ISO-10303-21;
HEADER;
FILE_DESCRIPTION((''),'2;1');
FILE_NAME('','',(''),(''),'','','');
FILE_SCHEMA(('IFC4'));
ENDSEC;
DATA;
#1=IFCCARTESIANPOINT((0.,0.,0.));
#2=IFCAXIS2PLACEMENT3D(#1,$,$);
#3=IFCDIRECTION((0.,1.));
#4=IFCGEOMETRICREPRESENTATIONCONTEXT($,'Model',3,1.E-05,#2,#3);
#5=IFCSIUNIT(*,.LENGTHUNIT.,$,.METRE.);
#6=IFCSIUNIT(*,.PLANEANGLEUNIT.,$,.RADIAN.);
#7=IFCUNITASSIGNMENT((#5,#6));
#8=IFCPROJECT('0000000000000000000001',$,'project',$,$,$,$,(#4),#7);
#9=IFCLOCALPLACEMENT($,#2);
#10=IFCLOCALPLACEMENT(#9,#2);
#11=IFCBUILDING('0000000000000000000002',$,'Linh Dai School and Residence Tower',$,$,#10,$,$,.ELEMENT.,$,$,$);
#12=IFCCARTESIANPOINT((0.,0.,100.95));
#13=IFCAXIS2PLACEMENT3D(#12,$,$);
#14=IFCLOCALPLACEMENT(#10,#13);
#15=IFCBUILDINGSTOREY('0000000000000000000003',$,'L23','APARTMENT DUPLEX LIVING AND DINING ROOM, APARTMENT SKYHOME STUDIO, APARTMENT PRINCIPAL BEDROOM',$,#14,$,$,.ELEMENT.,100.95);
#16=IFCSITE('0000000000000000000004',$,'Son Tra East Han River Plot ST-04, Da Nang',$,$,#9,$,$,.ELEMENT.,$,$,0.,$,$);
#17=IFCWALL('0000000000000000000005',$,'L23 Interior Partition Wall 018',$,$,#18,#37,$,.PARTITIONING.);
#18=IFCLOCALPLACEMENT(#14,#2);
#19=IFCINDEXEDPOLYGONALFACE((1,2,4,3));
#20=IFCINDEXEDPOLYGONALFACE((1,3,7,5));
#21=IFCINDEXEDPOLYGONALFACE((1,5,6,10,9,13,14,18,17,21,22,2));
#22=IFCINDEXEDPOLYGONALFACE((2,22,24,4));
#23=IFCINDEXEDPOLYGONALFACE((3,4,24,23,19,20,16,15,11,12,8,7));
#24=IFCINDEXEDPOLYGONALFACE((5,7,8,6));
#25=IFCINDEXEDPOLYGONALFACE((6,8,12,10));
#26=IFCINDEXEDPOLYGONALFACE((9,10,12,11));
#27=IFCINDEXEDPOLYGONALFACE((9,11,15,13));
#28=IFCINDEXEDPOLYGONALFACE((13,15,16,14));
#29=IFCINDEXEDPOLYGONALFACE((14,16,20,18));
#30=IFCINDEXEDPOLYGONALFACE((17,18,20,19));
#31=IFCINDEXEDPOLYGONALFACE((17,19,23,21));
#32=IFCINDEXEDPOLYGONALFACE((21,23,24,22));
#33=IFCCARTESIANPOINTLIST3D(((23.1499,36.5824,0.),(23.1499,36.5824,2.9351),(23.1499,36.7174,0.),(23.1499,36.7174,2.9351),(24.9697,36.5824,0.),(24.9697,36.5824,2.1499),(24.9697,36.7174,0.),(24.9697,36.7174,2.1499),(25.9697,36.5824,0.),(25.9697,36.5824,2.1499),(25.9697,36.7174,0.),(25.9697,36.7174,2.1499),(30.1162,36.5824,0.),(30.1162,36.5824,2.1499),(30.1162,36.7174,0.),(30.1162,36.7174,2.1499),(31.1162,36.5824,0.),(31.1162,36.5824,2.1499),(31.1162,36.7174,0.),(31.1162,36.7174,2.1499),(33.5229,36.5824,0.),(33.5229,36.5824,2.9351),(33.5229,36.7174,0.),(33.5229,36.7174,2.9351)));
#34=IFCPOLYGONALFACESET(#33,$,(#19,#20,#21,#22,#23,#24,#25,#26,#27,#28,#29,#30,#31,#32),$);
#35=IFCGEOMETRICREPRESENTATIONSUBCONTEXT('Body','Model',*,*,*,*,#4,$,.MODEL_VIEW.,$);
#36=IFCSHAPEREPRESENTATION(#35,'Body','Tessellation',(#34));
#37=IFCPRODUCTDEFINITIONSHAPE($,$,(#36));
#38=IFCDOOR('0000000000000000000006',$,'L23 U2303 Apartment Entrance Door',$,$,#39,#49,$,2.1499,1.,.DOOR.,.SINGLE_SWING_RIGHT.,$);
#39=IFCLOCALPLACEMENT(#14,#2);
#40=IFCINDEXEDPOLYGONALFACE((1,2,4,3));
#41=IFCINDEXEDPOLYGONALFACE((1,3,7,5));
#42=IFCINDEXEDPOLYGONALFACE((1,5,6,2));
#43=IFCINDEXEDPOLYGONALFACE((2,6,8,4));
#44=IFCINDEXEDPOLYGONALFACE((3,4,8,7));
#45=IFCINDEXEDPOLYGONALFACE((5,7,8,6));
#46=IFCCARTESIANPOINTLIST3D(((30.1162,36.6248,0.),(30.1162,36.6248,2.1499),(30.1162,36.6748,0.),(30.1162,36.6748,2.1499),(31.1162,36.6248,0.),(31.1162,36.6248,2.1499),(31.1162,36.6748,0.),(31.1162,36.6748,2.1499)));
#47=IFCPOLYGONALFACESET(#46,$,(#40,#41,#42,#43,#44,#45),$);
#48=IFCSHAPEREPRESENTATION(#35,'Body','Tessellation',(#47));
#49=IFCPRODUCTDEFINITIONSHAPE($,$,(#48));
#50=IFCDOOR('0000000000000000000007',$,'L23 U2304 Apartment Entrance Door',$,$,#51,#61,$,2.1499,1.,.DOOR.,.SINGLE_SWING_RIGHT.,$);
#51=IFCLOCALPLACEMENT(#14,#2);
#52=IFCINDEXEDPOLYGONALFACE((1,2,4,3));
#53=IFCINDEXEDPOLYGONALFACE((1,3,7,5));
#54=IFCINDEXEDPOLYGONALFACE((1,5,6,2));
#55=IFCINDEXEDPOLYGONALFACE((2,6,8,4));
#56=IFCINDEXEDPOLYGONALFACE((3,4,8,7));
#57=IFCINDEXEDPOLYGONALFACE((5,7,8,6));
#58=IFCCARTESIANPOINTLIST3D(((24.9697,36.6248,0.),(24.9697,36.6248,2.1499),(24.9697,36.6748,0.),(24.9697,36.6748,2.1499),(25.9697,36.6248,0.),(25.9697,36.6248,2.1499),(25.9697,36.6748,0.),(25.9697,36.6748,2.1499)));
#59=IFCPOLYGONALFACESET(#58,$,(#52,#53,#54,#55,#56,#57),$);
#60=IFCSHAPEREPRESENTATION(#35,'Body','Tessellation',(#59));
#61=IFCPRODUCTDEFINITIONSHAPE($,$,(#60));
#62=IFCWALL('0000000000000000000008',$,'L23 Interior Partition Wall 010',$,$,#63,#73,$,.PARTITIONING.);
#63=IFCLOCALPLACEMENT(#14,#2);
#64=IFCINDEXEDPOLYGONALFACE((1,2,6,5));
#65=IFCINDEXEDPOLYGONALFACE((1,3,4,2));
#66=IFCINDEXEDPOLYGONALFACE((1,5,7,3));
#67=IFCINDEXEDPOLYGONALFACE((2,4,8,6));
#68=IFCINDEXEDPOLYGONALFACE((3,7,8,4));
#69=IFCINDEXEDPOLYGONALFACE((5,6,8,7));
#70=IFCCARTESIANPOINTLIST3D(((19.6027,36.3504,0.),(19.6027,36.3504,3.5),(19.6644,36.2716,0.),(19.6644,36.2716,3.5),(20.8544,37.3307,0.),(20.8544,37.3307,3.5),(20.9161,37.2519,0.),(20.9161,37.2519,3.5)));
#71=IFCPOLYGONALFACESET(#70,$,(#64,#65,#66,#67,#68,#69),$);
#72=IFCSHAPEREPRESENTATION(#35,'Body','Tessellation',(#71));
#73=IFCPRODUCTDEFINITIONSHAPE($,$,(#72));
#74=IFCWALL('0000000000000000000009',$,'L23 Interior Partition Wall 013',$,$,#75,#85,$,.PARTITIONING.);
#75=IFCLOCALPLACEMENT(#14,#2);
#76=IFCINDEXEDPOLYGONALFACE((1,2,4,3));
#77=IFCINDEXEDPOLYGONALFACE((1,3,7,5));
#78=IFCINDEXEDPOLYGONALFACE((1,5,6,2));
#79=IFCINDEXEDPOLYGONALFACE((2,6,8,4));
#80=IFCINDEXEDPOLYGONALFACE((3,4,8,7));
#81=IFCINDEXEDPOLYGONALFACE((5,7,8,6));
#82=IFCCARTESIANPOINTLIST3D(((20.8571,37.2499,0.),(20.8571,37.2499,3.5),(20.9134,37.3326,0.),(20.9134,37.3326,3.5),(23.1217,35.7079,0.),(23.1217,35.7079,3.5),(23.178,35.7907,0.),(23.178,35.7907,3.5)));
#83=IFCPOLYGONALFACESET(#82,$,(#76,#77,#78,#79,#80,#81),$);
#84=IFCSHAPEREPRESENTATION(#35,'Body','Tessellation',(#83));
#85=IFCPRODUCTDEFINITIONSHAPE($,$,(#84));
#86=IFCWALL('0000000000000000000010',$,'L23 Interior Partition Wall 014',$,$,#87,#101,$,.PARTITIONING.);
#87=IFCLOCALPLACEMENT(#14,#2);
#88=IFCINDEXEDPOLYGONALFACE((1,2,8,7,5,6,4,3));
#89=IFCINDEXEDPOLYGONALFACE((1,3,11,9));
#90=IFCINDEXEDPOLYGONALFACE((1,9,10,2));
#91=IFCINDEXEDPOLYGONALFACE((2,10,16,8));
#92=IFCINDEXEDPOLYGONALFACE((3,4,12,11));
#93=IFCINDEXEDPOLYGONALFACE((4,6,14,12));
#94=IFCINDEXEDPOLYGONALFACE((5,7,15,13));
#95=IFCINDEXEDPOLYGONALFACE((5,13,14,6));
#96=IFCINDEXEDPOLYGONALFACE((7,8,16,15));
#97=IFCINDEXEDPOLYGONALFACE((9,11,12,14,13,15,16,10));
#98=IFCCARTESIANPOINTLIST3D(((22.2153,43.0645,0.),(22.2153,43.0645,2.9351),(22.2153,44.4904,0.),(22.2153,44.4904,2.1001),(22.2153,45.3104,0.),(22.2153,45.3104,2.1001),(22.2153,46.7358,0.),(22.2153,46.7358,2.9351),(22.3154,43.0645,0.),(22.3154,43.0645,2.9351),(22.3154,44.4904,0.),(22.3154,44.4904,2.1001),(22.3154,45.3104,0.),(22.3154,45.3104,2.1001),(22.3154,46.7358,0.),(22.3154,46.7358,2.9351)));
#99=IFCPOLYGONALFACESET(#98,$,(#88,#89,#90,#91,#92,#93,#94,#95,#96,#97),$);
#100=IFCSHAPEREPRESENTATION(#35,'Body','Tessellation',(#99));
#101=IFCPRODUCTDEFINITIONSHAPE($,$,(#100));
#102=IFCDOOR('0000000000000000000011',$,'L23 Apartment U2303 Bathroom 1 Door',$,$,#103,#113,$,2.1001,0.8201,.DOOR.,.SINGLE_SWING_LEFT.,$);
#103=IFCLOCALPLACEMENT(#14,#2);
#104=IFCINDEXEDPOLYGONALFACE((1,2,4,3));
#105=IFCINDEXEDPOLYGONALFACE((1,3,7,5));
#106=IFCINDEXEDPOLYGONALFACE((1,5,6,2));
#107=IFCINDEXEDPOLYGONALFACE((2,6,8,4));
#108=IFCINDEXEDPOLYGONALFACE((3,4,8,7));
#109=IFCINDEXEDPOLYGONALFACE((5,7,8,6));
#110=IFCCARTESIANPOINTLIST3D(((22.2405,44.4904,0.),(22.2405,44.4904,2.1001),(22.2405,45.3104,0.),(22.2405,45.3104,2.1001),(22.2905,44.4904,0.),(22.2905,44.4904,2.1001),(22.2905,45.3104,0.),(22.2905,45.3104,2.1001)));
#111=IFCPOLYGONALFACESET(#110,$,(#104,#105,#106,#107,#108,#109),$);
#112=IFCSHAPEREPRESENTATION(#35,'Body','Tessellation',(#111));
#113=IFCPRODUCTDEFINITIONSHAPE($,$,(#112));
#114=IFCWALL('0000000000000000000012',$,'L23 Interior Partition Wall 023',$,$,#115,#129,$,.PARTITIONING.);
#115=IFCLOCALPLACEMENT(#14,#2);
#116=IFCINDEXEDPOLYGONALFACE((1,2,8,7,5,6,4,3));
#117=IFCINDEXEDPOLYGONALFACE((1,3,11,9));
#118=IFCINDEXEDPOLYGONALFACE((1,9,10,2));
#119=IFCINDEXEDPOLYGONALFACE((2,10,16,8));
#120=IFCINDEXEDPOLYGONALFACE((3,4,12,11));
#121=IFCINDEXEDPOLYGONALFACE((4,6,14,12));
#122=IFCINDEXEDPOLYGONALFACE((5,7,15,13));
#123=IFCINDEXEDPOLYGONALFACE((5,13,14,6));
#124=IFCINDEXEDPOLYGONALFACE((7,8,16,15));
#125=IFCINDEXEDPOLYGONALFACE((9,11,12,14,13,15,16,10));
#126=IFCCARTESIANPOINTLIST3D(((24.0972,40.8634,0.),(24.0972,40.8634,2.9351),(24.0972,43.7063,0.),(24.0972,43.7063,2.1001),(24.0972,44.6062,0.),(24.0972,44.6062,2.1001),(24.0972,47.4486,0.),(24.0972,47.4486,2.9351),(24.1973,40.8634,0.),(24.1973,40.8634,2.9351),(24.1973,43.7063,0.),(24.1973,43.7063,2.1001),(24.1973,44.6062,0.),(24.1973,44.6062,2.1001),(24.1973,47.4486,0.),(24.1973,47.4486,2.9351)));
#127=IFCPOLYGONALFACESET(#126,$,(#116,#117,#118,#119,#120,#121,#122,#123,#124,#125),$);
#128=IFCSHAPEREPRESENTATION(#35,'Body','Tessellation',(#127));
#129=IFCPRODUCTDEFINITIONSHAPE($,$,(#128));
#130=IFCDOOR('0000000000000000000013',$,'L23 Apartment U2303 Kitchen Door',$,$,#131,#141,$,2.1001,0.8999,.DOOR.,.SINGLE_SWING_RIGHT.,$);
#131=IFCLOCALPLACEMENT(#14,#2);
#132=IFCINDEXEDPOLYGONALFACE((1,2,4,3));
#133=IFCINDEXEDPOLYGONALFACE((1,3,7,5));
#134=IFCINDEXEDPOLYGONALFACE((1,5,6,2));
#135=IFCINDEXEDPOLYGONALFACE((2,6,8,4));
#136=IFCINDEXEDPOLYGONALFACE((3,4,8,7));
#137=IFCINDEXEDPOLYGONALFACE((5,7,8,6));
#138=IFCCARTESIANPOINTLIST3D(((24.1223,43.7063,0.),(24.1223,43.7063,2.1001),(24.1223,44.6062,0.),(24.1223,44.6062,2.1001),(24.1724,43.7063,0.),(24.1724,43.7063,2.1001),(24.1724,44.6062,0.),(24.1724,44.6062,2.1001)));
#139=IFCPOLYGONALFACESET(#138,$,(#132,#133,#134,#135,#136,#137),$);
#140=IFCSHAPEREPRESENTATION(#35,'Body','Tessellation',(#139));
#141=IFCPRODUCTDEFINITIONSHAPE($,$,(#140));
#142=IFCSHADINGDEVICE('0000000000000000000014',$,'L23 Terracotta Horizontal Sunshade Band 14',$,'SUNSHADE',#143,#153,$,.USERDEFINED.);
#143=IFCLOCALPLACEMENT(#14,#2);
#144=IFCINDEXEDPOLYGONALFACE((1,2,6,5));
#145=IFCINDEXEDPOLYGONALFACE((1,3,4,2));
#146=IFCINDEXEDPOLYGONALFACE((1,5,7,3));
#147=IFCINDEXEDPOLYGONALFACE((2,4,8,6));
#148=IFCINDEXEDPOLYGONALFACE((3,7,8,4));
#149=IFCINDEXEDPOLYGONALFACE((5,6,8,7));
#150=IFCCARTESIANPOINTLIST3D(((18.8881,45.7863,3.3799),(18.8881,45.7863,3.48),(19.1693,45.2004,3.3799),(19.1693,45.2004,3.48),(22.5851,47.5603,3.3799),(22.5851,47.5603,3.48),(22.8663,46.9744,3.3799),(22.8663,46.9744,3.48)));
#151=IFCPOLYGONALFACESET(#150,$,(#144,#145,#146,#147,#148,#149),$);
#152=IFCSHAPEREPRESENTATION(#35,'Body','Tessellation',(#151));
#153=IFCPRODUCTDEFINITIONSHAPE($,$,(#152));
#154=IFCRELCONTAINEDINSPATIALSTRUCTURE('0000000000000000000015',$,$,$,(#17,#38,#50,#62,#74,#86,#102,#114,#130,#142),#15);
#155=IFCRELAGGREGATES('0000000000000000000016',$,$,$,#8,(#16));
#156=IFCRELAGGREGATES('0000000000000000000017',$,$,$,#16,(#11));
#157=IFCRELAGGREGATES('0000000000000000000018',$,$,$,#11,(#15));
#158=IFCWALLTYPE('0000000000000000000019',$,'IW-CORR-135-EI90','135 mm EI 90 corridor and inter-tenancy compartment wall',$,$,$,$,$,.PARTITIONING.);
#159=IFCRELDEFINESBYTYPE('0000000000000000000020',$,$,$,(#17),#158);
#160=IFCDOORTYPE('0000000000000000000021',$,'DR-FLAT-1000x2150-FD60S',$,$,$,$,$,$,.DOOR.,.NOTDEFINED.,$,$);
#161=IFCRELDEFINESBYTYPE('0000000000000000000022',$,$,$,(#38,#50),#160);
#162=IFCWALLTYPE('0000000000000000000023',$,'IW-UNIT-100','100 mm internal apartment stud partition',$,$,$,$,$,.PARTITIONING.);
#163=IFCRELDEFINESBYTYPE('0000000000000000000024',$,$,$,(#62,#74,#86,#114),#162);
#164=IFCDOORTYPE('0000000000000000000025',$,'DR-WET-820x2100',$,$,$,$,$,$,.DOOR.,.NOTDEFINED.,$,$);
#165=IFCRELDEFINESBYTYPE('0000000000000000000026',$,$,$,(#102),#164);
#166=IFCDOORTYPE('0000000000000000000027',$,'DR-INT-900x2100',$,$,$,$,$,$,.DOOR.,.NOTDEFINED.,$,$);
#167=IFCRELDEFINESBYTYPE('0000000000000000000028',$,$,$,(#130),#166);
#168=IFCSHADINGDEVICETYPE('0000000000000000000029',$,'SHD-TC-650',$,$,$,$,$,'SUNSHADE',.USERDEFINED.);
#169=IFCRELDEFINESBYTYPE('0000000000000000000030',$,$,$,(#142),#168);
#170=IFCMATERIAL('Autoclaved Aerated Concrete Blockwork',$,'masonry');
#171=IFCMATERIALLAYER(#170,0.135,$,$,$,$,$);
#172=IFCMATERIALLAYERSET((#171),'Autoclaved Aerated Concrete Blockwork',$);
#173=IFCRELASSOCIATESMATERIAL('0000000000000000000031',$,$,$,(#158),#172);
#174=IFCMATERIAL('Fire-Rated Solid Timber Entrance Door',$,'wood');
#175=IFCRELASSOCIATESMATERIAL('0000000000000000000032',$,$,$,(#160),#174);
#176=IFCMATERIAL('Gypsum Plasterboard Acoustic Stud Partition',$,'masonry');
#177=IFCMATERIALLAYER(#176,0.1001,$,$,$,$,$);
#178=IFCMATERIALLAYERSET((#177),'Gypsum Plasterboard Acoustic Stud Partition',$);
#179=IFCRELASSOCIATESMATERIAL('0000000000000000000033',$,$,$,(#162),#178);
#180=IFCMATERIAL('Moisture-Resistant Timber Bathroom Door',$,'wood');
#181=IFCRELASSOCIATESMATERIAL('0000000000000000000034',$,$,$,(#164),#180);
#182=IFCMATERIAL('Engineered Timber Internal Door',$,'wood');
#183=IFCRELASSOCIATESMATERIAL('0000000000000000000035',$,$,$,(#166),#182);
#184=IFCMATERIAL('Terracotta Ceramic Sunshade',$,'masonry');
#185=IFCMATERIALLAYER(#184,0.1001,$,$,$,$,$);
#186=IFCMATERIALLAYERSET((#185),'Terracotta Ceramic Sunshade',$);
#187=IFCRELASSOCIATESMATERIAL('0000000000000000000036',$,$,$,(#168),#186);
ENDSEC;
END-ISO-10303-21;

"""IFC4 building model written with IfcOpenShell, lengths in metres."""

from ifc_helpers import new_model, si_unit, direction, frame, frame_2d, origin, origin_2d, place, context, subcontext, project, spatial, rectangle, extrude, source, transform, mapped, material, layer, layer_set, type_object, element, fill, save


model = new_model("IFC4")

# Units and contexts
model_context = context("Model", 3, precision=1e-05, world=origin(), true_north=direction((0.0, 1.0)))
body_context = subcontext(model_context, "Body", "Model", "MODEL_VIEW")
ifc_project = project(units=[si_unit("LENGTHUNIT", "METRE"), si_unit("PLANEANGLEUNIT", "RADIAN")], contexts=[model_context])

# Site, building, storey
site_placement = place(None, origin())
site = spatial("IfcSite", under=ifc_project, at=site_placement, Name="Son Tra East Han River Plot ST-04, Da Nang", CompositionType="ELEMENT", RefElevation=0.0)
building_placement = place(site_placement, origin())
building = spatial("IfcBuilding", under=site, at=building_placement, Name="Linh Dai School and Residence Tower", CompositionType="ELEMENT")
storey_placement = place(building_placement, frame((0.0, 0.0, 100.95)))
storey = spatial("IfcBuildingStorey", under=building, at=storey_placement, Name="L23", Description="APARTMENT DUPLEX LIVING AND DINING ROOM, APARTMENT SKYHOME STUDIO, APARTMENT PRINCIPAL BEDROOM", CompositionType="ELEMENT", Elevation=100.95)

# Shared definitions
ifc_material_1 = material(Name="Autoclaved Aerated Concrete Blockwork", Category="masonry")
ifc_layer_1 = layer(ifc_material_1, 0.135)
ifc_layer_set_1 = layer_set([ifc_layer_1], Name="Autoclaved Aerated Concrete Blockwork")
wall_type_1 = type_object("IfcWallType", Name="IW-CORR-135-EI90", Description="135 mm EI 90 corridor and inter-tenancy compartment wall", PredefinedType="PARTITIONING", material=ifc_layer_set_1)

# Wall, openings, doors
wall_1_placement = place(storey_placement, frame((23.1499, 36.6499, 0.0), z_axis=(0.0, 0.0, 1.0), x_axis=(1.0, 0.0, 0.0)))
wall_1 = element("IfcWall", 1, at=wall_1_placement, inside=storey, type_object=wall_type_1, Name="L23 Interior Partition Wall 018", PredefinedType="PARTITIONING", context=body_context, shape_type="SweptSolid", body=[
    extrude(rectangle(XDim=10.373, YDim=0.135, at=frame_2d((5.1865, 0.0))), origin(), (0.0, 0.0, 1.0), 2.9351),
])
opening_1_placement = place(wall_1_placement, frame((6.9663, 0.0, 0.0)))
opening_1 = element("IfcOpeningElement", 2, at=opening_1_placement, cuts=wall_1, PredefinedType="OPENING", context=body_context, shape_type="SweptSolid", body=[
    extrude(rectangle(XDim=1.0, YDim=2.1499, at=origin_2d()), frame((0.5, 0.0776, 1.075), z_axis=(0.0, -1.0, 0.0), x_axis=(1.0, 0.0, 0.0)), (0.0, 0.0, 1.0), 0.155),
])
opening_2_placement = place(wall_1_placement, frame((1.8198, 0.0, 0.0)))
opening_2 = element("IfcOpeningElement", 3, at=opening_2_placement, cuts=wall_1, PredefinedType="OPENING", context=body_context, shape_type="SweptSolid", body=[
    extrude(rectangle(XDim=1.0, YDim=2.1499, at=origin_2d()), frame((0.5, 0.0776, 1.075), z_axis=(0.0, -1.0, 0.0), x_axis=(1.0, 0.0, 0.0)), (0.0, 0.0, 1.0), 0.155),
])
ifc_material_2 = material(Name="Fire-Rated Solid Timber Entrance Door", Category="wood")
door_type_1 = type_object("IfcDoorType", Name="DR-FLAT-1000x2150-FD60S", OperationType="NOTDEFINED", PredefinedType="DOOR", material=ifc_material_2)
shared_shape_1 = source(origin(), body_context, "Body", "SweptSolid", [
    extrude(rectangle(XDim=1.0, YDim=2.1499, at=origin_2d()), frame((0.5, 0.0249, 1.075), z_axis=(0.0, -1.0, 0.0), x_axis=(1.0, 0.0, 0.0)), (0.0, 0.0, 1.0), 0.05),
])
door_1_placement = place(opening_1_placement, origin())
door_1 = element("IfcDoor", 4, at=door_1_placement, inside=storey, type_object=door_type_1, Name="L23 U2303 Apartment Entrance Door", OperationType="SINGLE_SWING_RIGHT", OverallHeight=2.1499, OverallWidth=1.0, PredefinedType="DOOR", context=body_context, shape_type="MappedRepresentation", body=[
    mapped(shared_shape_1, transform((0.0, 0.0, 0.0), x_axis=(1.0, 0.0, 0.0), y_axis=(0.0, 1.0, 0.0), z_axis=(0.0, 0.0, 1.0), scale=1.0)),
])
fill(opening_1, door_1)
door_2_placement = place(opening_2_placement, origin())
door_2 = element("IfcDoor", 5, at=door_2_placement, inside=storey, type_object=door_type_1, Name="L23 U2304 Apartment Entrance Door", OperationType="SINGLE_SWING_RIGHT", OverallHeight=2.1499, OverallWidth=1.0, PredefinedType="DOOR", context=body_context, shape_type="MappedRepresentation", body=[
    mapped(shared_shape_1, transform((0.0, 0.0, 0.0), x_axis=(1.0, 0.0, 0.0), y_axis=(0.0, 1.0, 0.0), z_axis=(0.0, 0.0, 1.0), scale=1.0)),
])
fill(opening_2, door_2)

# Walls
ifc_material_3 = material(Name="Gypsum Plasterboard Acoustic Stud Partition", Category="masonry")
ifc_layer_2 = layer(ifc_material_3, 0.1001)
ifc_layer_set_2 = layer_set([ifc_layer_2], Name="Gypsum Plasterboard Acoustic Stud Partition")
wall_type_2 = type_object("IfcWallType", Name="IW-UNIT-100", Description="100 mm internal apartment stud partition", PredefinedType="PARTITIONING", material=ifc_layer_set_2)
wall_2_placement = place(storey_placement, frame((19.6335, 36.311, 0.0), z_axis=(0.0, 0.0, 1.0), x_axis=(0.787314, 0.616553, 0.0)))
element("IfcWall", 6, at=wall_2_placement, inside=storey, type_object=wall_type_2, Name="L23 Interior Partition Wall 010", PredefinedType="PARTITIONING", context=body_context, shape_type="SweptSolid", body=[
    extrude(rectangle(XDim=1.5898, YDim=0.1001, at=frame_2d((0.7949, 0.0))), origin(), (0.0, 0.0, 1.0), 3.5),
])
wall_3_placement = place(storey_placement, frame((20.8853, 37.2913, 0.0), z_axis=(0.0, 0.0, 1.0), x_axis=(0.826582, -0.562817, 0.0)))
element("IfcWall", 7, at=wall_3_placement, inside=storey, type_object=wall_type_2, Name="L23 Interior Partition Wall 013", PredefinedType="PARTITIONING", context=body_context, shape_type="SweptSolid", body=[
    extrude(rectangle(XDim=2.7397, YDim=0.1001, at=frame_2d((1.3699, 0.0))), origin(), (0.0, 0.0, 1.0), 3.5),
])

# Walls, openings, doors
wall_4_placement = place(storey_placement, frame((22.2654, 43.0645, 0.0), z_axis=(0.0, 0.0, 1.0), x_axis=(0.0, 1.0, 0.0)))
wall_4 = element("IfcWall", 8, at=wall_4_placement, inside=storey, type_object=wall_type_2, Name="L23 Interior Partition Wall 014", PredefinedType="PARTITIONING", context=body_context, shape_type="SweptSolid", body=[
    extrude(rectangle(XDim=3.6714, YDim=0.1001, at=frame_2d((1.8357, 0.0))), origin(), (0.0, 0.0, 1.0), 2.9351),
])
opening_3_placement = place(wall_4_placement, frame((1.4258, 0.0, 0.0)))
opening_3 = element("IfcOpeningElement", 9, at=opening_3_placement, cuts=wall_4, PredefinedType="OPENING", context=body_context, shape_type="SweptSolid", body=[
    extrude(rectangle(XDim=0.8201, YDim=2.1001, at=origin_2d()), frame((0.4102, 0.0601, 1.05), z_axis=(0.0, -1.0, 0.0), x_axis=(1.0, 0.0, 0.0)), (0.0, 0.0, 1.0), 0.1201),
])
ifc_material_4 = material(Name="Moisture-Resistant Timber Bathroom Door", Category="wood")
door_type_2 = type_object("IfcDoorType", Name="DR-WET-820x2100", OperationType="NOTDEFINED", PredefinedType="DOOR", material=ifc_material_4)
shared_shape_2 = source(origin(), body_context, "Body", "SweptSolid", [
    extrude(rectangle(XDim=0.8201, YDim=2.1001, at=origin_2d()), frame((0.4102, 0.0249, 1.05), z_axis=(0.0, -1.0, 0.0), x_axis=(1.0, 0.0, 0.0)), (0.0, 0.0, 1.0), 0.05),
])
door_3_placement = place(opening_3_placement, origin())
door_3 = element("IfcDoor", 10, at=door_3_placement, inside=storey, type_object=door_type_2, Name="L23 Apartment U2303 Bathroom 1 Door", OperationType="SINGLE_SWING_LEFT", OverallHeight=2.1001, OverallWidth=0.8201, PredefinedType="DOOR", context=body_context, shape_type="MappedRepresentation", body=[
    mapped(shared_shape_2, transform((0.0, 0.0, 0.0), x_axis=(1.0, 0.0, 0.0), y_axis=(0.0, 1.0, 0.0), z_axis=(0.0, 0.0, 1.0), scale=1.0)),
])
fill(opening_3, door_3)
wall_5_placement = place(storey_placement, frame((24.1472, 40.8635, 0.0), z_axis=(0.0, 0.0, 1.0), x_axis=(0.0, 1.0, 0.0)))
wall_5 = element("IfcWall", 11, at=wall_5_placement, inside=storey, type_object=wall_type_2, Name="L23 Interior Partition Wall 023", PredefinedType="PARTITIONING", context=body_context, shape_type="SweptSolid", body=[
    extrude(rectangle(XDim=6.5852, YDim=0.1001, at=frame_2d((3.2925, 0.0))), origin(), (0.0, 0.0, 1.0), 2.9351),
])
opening_4_placement = place(wall_5_placement, frame((2.8428, 0.0, 0.0)))
opening_4 = element("IfcOpeningElement", 12, at=opening_4_placement, cuts=wall_5, PredefinedType="OPENING", context=body_context, shape_type="SweptSolid", body=[
    extrude(rectangle(XDim=0.8999, YDim=2.1001, at=origin_2d()), frame((0.45, 0.0601, 1.05), z_axis=(0.0, -1.0, 0.0), x_axis=(1.0, 0.0, 0.0)), (0.0, 0.0, 1.0), 0.1201),
])
ifc_material_5 = material(Name="Engineered Timber Internal Door", Category="wood")
door_type_3 = type_object("IfcDoorType", Name="DR-INT-900x2100", OperationType="NOTDEFINED", PredefinedType="DOOR", material=ifc_material_5)
shared_shape_3 = source(origin(), body_context, "Body", "SweptSolid", [
    extrude(rectangle(XDim=0.8999, YDim=2.1001, at=origin_2d()), frame((0.45, 0.0249, 1.05), z_axis=(0.0, -1.0, 0.0), x_axis=(1.0, 0.0, 0.0)), (0.0, 0.0, 1.0), 0.05),
])
door_4_placement = place(opening_4_placement, origin())
door_4 = element("IfcDoor", 13, at=door_4_placement, inside=storey, type_object=door_type_3, Name="L23 Apartment U2303 Kitchen Door", OperationType="SINGLE_SWING_RIGHT", OverallHeight=2.1001, OverallWidth=0.8999, PredefinedType="DOOR", context=body_context, shape_type="MappedRepresentation", body=[
    mapped(shared_shape_3, transform((0.0, 0.0, 0.0), x_axis=(1.0, 0.0, 0.0), y_axis=(0.0, 1.0, 0.0), z_axis=(0.0, 0.0, 1.0), scale=1.0)),
])
fill(opening_4, door_4)

# Shading device
ifc_material_6 = material(Name="Terracotta Ceramic Sunshade", Category="masonry")
ifc_layer_3 = layer(ifc_material_6, 0.1001)
ifc_layer_set_3 = layer_set([ifc_layer_3], Name="Terracotta Ceramic Sunshade")
shading_device_type = type_object("IfcShadingDeviceType", Name="SHD-TC-650", ElementType="SUNSHADE", PredefinedType="USERDEFINED", material=ifc_layer_set_3)
shared_shape_4 = source(origin(), body_context, "Body", "SweptSolid", [
    extrude(rectangle(XDim=4.1006, YDim=0.6499, at=origin_2d()), origin(), (0.0, 0.0, 1.0), 0.1001),
])
shading_device_1_placement = place(storey_placement, frame((20.8772, 46.3804, 3.3799), z_axis=(0.0, 0.0, 1.0), x_axis=(0.901578, 0.432618, 0.0)))
element("IfcShadingDevice", 14, at=shading_device_1_placement, inside=storey, type_object=shading_device_type, Name="L23 Terracotta Horizontal Sunshade Band 14", ObjectType="SUNSHADE", PredefinedType="USERDEFINED", context=body_context, shape_type="MappedRepresentation", body=[
    mapped(shared_shape_4, transform((0.0, 0.0, 0.0), x_axis=(1.0, 0.0, 0.0), y_axis=(0.0, 1.0, 0.0), z_axis=(0.0, 0.0, 1.0), scale=1.0)),
])

save(model, "model.ifc")
